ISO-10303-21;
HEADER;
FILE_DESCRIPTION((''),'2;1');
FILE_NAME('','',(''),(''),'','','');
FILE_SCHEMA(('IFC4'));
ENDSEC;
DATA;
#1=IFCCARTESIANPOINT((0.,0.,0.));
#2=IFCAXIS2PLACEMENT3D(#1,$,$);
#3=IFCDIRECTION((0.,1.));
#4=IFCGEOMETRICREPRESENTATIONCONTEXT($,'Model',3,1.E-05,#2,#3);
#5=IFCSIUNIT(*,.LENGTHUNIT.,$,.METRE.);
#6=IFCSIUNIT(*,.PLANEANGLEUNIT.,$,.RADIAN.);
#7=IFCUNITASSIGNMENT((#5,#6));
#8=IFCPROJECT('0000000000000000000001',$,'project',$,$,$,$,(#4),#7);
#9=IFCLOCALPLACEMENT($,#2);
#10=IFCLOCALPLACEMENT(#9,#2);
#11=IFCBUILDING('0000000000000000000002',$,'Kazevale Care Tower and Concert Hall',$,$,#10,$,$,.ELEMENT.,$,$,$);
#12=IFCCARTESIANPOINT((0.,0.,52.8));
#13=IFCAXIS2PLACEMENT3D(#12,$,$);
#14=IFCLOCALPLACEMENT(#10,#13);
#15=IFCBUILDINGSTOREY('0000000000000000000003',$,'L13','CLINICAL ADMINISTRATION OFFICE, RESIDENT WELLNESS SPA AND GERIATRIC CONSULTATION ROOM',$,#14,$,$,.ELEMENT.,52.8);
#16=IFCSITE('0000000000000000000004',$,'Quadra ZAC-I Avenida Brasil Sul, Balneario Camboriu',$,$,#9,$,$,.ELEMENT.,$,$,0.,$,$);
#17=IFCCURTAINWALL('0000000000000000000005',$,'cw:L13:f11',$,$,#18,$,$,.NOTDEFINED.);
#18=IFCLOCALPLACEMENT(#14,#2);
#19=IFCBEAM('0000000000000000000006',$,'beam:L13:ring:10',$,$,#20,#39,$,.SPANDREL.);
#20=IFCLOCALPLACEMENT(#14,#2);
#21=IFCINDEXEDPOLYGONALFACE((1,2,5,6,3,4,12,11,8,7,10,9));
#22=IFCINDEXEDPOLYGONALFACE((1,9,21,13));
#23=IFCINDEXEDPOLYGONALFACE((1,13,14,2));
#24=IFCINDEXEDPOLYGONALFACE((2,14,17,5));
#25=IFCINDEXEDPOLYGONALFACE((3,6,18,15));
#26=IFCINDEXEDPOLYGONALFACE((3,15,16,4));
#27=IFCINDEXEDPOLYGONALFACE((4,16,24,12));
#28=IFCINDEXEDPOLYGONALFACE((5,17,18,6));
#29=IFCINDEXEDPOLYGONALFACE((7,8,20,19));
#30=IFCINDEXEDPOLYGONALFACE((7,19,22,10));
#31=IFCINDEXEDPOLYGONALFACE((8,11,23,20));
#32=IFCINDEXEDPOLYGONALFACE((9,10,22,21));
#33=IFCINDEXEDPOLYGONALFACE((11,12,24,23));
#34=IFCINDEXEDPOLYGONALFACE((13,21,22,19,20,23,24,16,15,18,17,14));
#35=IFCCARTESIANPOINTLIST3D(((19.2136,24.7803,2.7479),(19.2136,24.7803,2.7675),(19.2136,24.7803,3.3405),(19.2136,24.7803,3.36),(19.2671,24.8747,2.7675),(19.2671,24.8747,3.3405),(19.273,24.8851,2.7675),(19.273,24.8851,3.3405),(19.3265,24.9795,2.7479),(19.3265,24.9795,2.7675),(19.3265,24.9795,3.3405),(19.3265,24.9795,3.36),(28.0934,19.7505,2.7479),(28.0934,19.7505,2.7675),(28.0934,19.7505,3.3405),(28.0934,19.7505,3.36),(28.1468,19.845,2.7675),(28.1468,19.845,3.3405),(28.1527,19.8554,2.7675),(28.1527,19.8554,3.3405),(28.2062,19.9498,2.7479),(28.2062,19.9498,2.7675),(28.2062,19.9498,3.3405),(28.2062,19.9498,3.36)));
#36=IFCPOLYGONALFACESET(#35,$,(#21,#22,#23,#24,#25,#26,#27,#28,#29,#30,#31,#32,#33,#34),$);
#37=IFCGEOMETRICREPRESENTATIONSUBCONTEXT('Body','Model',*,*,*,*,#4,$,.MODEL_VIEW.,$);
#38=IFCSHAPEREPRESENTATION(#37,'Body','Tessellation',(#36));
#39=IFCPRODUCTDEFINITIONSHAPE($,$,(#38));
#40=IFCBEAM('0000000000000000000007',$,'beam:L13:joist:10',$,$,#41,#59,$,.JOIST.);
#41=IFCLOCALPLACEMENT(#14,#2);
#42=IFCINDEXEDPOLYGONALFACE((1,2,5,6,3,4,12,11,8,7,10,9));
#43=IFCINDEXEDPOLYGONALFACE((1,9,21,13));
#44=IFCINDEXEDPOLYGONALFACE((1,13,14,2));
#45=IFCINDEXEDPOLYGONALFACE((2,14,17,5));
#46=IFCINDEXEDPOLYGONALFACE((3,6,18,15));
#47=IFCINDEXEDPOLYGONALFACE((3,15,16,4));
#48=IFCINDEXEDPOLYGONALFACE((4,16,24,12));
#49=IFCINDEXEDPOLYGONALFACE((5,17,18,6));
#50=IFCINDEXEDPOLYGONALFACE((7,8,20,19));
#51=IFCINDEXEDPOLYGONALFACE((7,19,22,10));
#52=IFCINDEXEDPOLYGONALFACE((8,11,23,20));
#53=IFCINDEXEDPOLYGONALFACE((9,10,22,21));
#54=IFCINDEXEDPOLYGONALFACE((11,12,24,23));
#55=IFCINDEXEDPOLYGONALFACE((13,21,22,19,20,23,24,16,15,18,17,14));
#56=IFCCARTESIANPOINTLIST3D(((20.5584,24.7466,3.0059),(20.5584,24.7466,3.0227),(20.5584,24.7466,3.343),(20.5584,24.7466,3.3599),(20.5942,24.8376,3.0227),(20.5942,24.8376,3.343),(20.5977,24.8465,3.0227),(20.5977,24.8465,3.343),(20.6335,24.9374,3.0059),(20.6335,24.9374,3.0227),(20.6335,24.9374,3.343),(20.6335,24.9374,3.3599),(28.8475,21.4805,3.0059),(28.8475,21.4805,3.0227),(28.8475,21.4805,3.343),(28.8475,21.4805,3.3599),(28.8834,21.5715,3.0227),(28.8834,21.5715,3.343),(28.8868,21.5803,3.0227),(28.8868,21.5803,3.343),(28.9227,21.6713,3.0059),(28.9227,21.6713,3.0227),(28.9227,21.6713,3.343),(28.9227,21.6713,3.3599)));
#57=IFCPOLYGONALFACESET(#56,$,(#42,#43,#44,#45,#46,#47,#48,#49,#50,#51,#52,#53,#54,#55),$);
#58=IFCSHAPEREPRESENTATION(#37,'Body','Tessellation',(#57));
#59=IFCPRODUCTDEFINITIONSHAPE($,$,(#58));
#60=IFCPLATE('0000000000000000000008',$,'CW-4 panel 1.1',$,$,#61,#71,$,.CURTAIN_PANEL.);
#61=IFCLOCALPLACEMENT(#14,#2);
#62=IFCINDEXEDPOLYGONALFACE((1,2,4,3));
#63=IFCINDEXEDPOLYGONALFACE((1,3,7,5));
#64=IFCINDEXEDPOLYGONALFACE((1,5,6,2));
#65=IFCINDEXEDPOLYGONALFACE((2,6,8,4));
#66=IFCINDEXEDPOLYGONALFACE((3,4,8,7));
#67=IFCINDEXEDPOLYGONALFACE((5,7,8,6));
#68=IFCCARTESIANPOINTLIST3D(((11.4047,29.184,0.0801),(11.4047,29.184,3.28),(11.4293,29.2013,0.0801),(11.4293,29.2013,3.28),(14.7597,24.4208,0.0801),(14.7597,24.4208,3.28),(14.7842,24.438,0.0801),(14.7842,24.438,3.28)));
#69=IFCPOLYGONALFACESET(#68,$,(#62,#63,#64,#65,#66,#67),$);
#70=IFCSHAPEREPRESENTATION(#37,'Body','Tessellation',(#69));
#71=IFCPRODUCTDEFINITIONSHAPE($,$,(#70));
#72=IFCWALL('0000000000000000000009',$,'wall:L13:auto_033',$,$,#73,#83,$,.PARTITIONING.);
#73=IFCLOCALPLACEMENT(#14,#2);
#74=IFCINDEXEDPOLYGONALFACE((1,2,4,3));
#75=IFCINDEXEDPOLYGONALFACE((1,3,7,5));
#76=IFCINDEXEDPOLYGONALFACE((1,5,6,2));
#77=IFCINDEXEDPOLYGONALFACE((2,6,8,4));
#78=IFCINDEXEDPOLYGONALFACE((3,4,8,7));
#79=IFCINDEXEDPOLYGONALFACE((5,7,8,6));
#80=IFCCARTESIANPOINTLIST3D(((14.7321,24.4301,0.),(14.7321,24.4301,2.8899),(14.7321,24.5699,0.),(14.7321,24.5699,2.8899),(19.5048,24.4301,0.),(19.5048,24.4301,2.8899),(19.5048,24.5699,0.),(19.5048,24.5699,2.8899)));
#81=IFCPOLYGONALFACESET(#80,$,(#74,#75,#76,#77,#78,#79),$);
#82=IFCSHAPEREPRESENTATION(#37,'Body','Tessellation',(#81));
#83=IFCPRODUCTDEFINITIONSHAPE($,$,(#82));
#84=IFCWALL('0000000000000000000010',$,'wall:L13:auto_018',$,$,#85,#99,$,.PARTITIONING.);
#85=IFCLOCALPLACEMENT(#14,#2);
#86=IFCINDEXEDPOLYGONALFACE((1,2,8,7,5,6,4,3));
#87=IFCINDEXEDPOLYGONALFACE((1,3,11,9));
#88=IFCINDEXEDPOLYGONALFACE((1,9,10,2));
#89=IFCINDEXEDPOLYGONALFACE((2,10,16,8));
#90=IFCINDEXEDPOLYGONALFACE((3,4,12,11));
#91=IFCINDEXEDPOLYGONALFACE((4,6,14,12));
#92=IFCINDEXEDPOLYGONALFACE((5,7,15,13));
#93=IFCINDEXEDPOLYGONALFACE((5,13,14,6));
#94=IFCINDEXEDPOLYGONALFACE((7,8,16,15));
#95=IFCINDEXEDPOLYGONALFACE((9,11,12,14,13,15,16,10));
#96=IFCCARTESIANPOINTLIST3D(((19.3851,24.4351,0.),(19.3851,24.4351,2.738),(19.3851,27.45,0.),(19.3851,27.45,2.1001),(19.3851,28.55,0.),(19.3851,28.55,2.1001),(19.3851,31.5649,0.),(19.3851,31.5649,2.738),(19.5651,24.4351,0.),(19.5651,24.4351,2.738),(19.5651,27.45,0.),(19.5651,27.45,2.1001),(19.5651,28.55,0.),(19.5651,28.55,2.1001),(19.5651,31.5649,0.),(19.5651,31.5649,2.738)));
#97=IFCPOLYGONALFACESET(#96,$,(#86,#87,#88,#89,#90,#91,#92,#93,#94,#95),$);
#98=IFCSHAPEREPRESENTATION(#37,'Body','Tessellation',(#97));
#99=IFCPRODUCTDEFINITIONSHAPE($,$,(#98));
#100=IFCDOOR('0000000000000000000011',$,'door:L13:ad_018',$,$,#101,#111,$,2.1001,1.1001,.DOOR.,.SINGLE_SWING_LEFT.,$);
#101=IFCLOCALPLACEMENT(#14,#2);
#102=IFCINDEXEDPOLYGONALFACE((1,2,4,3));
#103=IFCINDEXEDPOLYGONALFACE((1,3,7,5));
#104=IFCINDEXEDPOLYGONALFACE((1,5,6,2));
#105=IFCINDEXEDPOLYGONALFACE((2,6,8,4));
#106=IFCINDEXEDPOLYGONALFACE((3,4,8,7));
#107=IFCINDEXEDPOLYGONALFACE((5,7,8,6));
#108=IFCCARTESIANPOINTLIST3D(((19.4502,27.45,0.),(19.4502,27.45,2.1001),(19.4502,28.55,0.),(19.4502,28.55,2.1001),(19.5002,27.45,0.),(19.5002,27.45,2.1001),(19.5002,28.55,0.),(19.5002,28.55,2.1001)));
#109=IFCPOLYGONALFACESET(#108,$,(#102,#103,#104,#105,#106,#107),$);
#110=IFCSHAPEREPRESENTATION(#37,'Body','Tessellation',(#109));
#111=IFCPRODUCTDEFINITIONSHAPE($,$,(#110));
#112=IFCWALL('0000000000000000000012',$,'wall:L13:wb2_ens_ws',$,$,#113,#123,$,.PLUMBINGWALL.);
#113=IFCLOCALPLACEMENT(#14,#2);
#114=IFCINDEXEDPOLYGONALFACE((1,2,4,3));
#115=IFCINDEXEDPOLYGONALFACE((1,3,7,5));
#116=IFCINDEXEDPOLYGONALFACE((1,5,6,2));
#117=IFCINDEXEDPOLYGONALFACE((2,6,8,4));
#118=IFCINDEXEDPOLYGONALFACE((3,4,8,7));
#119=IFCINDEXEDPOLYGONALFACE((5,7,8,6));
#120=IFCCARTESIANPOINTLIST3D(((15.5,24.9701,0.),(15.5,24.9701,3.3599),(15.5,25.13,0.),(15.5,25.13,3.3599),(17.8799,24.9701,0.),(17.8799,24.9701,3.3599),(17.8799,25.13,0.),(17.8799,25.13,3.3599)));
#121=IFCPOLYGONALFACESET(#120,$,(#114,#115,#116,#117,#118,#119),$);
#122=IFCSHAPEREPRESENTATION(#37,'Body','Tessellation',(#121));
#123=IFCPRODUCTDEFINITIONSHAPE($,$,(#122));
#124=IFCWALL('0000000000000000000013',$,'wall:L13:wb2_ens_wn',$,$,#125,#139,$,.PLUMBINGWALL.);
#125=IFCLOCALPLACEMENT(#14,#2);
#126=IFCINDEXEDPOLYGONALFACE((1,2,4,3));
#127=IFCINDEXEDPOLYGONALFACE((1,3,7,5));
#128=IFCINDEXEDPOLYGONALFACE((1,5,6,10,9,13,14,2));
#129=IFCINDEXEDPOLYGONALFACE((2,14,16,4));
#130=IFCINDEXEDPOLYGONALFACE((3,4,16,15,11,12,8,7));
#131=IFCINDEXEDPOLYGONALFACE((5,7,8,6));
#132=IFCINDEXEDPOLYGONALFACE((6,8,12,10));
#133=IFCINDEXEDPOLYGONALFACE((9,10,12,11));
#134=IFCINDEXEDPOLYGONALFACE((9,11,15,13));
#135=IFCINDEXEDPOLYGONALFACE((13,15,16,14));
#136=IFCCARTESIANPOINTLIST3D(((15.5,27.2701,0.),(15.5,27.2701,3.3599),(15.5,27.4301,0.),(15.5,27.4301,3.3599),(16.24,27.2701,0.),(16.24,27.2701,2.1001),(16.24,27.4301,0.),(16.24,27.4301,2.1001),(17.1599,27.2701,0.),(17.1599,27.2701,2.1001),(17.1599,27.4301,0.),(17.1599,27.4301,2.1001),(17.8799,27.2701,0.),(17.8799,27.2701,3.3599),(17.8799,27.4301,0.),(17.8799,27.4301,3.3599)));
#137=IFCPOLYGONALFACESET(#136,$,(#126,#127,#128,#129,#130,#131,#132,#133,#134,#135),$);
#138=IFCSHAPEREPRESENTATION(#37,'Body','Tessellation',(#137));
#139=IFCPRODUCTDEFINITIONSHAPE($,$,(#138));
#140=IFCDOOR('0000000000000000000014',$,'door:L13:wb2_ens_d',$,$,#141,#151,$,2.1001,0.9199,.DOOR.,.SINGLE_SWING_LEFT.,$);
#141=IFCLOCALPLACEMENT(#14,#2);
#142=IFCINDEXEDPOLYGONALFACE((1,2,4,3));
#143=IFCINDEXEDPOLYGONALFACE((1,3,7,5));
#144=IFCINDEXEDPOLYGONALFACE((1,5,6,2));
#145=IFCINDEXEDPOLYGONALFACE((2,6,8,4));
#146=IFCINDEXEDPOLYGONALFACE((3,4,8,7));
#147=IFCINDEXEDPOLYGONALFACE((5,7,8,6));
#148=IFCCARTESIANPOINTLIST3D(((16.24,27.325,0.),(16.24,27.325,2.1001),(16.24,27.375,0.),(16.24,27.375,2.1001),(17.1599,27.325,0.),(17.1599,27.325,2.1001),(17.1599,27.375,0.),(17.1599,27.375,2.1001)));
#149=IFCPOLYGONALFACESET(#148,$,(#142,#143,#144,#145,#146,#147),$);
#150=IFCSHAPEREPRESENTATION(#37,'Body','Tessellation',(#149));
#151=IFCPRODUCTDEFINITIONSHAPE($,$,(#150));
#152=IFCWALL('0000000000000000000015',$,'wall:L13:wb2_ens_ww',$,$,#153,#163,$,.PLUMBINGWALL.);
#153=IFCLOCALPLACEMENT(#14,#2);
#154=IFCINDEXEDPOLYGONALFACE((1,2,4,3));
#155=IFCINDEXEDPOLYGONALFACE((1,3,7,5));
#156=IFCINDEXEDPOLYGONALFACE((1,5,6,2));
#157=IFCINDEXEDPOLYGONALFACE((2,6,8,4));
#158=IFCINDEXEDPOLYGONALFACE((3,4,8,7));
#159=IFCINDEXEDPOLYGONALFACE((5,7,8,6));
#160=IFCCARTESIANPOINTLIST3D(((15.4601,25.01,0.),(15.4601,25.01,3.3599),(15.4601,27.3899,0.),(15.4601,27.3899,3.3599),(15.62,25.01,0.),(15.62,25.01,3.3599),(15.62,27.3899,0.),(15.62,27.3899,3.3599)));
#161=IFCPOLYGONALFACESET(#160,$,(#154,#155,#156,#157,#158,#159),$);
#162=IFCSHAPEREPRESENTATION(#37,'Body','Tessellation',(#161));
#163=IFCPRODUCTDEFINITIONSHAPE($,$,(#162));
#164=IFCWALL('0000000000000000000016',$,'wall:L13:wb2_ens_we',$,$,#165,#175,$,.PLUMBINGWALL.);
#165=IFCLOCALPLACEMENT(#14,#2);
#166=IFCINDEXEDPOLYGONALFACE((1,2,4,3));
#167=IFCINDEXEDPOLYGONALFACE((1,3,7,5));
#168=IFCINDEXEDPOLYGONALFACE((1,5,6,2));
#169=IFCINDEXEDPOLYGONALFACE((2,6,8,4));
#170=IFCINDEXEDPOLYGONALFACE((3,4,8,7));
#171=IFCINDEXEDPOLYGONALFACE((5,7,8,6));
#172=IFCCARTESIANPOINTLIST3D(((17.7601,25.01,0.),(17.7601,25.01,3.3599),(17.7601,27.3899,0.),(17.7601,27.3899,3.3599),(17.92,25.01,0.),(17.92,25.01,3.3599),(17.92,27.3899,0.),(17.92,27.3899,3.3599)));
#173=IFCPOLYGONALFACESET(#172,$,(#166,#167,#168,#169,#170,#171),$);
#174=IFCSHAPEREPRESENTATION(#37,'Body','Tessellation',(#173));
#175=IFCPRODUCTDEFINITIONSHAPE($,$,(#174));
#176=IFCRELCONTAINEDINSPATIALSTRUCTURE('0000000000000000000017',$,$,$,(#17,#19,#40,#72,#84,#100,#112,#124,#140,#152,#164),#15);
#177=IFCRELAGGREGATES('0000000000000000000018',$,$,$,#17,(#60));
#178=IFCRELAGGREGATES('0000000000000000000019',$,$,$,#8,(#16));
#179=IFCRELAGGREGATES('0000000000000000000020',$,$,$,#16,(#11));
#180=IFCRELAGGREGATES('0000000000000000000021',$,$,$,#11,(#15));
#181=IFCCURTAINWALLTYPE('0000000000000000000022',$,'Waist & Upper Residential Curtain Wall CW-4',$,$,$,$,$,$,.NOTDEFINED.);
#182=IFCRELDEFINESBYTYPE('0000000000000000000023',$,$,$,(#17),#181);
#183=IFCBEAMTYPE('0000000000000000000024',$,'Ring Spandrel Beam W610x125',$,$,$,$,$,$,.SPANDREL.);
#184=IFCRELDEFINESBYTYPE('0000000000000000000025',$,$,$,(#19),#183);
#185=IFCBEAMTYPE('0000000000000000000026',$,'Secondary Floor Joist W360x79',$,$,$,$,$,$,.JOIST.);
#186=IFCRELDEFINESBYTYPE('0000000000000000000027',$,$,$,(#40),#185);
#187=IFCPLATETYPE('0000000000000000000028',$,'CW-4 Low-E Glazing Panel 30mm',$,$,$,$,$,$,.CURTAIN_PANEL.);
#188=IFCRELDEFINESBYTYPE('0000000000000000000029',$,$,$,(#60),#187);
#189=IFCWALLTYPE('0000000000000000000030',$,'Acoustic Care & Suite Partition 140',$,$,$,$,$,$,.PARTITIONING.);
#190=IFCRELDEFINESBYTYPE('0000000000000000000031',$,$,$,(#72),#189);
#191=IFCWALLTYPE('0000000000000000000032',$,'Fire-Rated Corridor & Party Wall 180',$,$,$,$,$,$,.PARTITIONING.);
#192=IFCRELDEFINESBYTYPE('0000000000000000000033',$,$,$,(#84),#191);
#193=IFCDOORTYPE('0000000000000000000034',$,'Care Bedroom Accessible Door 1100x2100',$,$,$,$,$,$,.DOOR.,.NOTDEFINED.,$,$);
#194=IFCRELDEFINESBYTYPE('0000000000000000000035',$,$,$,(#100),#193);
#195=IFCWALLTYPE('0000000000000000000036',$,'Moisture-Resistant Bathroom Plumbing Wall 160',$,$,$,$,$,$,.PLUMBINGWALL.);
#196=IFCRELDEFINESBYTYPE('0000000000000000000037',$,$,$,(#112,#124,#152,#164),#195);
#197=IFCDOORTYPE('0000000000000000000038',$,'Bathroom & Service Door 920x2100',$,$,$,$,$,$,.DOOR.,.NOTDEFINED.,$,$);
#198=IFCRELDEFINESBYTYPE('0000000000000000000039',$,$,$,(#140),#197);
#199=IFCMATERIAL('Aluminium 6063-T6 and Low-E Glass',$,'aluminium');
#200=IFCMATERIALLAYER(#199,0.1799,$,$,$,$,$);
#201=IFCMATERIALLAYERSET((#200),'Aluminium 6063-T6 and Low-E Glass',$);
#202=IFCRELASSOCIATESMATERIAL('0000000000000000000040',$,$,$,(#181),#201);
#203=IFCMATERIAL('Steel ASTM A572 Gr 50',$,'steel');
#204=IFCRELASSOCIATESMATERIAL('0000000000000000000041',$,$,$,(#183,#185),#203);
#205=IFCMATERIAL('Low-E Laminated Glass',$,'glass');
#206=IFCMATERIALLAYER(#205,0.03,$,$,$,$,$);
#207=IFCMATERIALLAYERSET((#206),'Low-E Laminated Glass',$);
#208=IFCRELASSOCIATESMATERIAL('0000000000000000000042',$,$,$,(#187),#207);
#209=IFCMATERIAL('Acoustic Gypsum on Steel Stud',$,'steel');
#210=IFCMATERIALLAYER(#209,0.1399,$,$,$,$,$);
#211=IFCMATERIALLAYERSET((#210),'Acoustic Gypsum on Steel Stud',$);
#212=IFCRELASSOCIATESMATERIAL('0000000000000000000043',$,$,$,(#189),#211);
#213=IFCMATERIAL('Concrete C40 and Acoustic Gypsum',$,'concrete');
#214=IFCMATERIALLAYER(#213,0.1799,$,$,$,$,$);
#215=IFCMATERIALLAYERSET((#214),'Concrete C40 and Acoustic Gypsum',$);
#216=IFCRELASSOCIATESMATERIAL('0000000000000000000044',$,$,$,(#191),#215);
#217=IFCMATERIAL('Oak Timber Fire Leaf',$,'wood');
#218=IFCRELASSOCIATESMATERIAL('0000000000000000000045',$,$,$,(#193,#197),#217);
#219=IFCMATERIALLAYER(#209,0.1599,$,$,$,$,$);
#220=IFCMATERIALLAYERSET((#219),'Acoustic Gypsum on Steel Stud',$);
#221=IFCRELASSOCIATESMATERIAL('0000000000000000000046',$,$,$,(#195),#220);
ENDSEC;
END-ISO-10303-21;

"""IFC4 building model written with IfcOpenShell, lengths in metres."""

from ifc_helpers import new_model, si_unit, direction, frame, frame_2d, origin, origin_2d, place, context, subcontext, project, spatial, rectangle, i_section, extrude, material, layer, layer_set, material_profile, profile_set, type_object, element, fill, aggregate, save


model = new_model("IFC4")

# Units and contexts
model_context = context("Model", 3, precision=1e-05, world=origin(), true_north=direction((0.0, 1.0)))
body_context = subcontext(model_context, "Body", "Model", "MODEL_VIEW")
ifc_project = project(units=[si_unit("LENGTHUNIT", "METRE"), si_unit("PLANEANGLEUNIT", "RADIAN")], contexts=[model_context])

# Site, building, storey
site_placement = place(None, origin())
site = spatial("IfcSite", under=ifc_project, at=site_placement, Name="Quadra ZAC-I Avenida Brasil Sul, Balneario Camboriu", CompositionType="ELEMENT", RefElevation=0.0)
building_placement = place(site_placement, origin())
building = spatial("IfcBuilding", under=site, at=building_placement, Name="Kazevale Care Tower and Concert Hall", CompositionType="ELEMENT")
storey_placement = place(building_placement, frame((0.0, 0.0, 52.8)))
storey = spatial("IfcBuildingStorey", under=building, at=storey_placement, Name="L13", Description="CLINICAL ADMINISTRATION OFFICE, RESIDENT WELLNESS SPA AND GERIATRIC CONSULTATION ROOM", CompositionType="ELEMENT", Elevation=52.8)

# Curtain wall
ifc_material_1 = material(Name="Aluminium 6063-T6 and Low-E Glass", Category="aluminium")
ifc_layer_1 = layer(ifc_material_1, 0.1799)
ifc_layer_set_1 = layer_set([ifc_layer_1], Name="Aluminium 6063-T6 and Low-E Glass")
curtain_wall_type_1 = type_object("IfcCurtainWallType", Name="Waist & Upper Residential Curtain Wall CW-4", PredefinedType="NOTDEFINED", material=ifc_layer_set_1)
curtain_wall_1_placement = place(storey_placement, origin())
curtain_wall_1 = element("IfcCurtainWall", 1, at=curtain_wall_1_placement, inside=storey, type_object=curtain_wall_type_1, Name="cw:L13:f11", PredefinedType="NOTDEFINED")

# Beams
ifc_material_2 = material(Name="Steel ASTM A572 Gr 50", Category="steel")
ifc_material_profile_1 = material_profile(ifc_material_2, i_section(OverallWidth=0.229, OverallDepth=0.6121, WebThickness=0.012, FlangeThickness=0.0195, at=origin_2d()), Name="W610x125")
ifc_profile_set_1 = profile_set([ifc_material_profile_1], Name="Steel ASTM A572 Gr 50")
beam_type_1 = type_object("IfcBeamType", Name="Ring Spandrel Beam W610x125", PredefinedType="SPANDREL", material=ifc_profile_set_1)
beam_1_placement = place(storey_placement, frame((19.27, 24.8799, 3.054), z_axis=(0.870112, -0.492853, 0.0), x_axis=(0.492853, 0.870112, 0.0)))
element("IfcBeam", 2, at=beam_1_placement, inside=storey, type_object=beam_type_1, Name="beam:L13:ring:10", PredefinedType="SPANDREL", context=body_context, shape_type="SweptSolid", body=[
    extrude(i_section(OverallWidth=0.229, OverallDepth=0.6121, WebThickness=0.012, FlangeThickness=0.0195, at=origin_2d()), origin(), (0.0, 0.0, 1.0), 10.2053),
])
ifc_material_profile_2 = material_profile(ifc_material_2, i_section(OverallWidth=0.2051, OverallDepth=0.354, WebThickness=0.0095, FlangeThickness=0.0168, at=origin_2d()), Name="W360x79")
ifc_profile_set_2 = profile_set([ifc_material_profile_2], Name="Steel ASTM A572 Gr 50")
beam_type_2 = type_object("IfcBeamType", Name="Secondary Floor Joist W360x79", PredefinedType="JOIST", material=ifc_profile_set_2)
beam_2_placement = place(storey_placement, frame((20.5959, 24.842, 3.1829), z_axis=(0.930381, -0.366595, 0.0), x_axis=(0.366595, 0.930381, 0.0)))
element("IfcBeam", 3, at=beam_2_placement, inside=storey, type_object=beam_type_2, Name="beam:L13:joist:10", PredefinedType="JOIST", context=body_context, shape_type="SweptSolid", body=[
    extrude(i_section(OverallWidth=0.2051, OverallDepth=0.354, WebThickness=0.0095, FlangeThickness=0.0168, at=origin_2d()), origin(), (0.0, 0.0, 1.0), 8.9094),
])

# Plate
ifc_material_3 = material(Name="Low-E Laminated Glass", Category="glass")
ifc_layer_2 = layer(ifc_material_3, 0.03)
ifc_layer_set_2 = layer_set([ifc_layer_2], Name="Low-E Laminated Glass")
plate_type = type_object("IfcPlateType", Name="CW-4 Low-E Glazing Panel 30mm", PredefinedType="CURTAIN_PANEL", material=ifc_layer_set_2)
plate_placement = place(storey_placement, frame((13.0945, 26.811, 0.0801), z_axis=(0.0, 0.0, 1.0), x_axis=(-0.575837, 0.817565, 0.0)))
plate = element("IfcPlate", 4, at=plate_placement, type_object=plate_type, Name="CW-4 panel 1.1", PredefinedType="CURTAIN_PANEL", context=body_context, shape_type="SweptSolid", body=[
    extrude(rectangle(XDim=5.8262, YDim=0.03, at=origin_2d()), origin(), (0.0, 0.0, 1.0), 3.2),
])
aggregate(curtain_wall_1, [plate])

# Wall
ifc_material_4 = material(Name="Acoustic Gypsum on Steel Stud", Category="steel")
ifc_layer_3 = layer(ifc_material_4, 0.1399)
ifc_layer_set_3 = layer_set([ifc_layer_3], Name="Acoustic Gypsum on Steel Stud")
wall_type_1 = type_object("IfcWallType", Name="Acoustic Care & Suite Partition 140", PredefinedType="PARTITIONING", material=ifc_layer_set_3)
wall_1_placement = place(storey_placement, frame((14.7322, 24.5, 0.0), z_axis=(0.0, 0.0, 1.0), x_axis=(1.0, 0.0, 0.0)))
element("IfcWall", 5, at=wall_1_placement, inside=storey, type_object=wall_type_1, Name="wall:L13:auto_033", PredefinedType="PARTITIONING", context=body_context, shape_type="SweptSolid", body=[
    extrude(rectangle(XDim=4.7727, YDim=0.1399, at=frame_2d((2.3862, 0.0))), origin(), (0.0, 0.0, 1.0), 2.8899),
])

# Wall, opening, door
ifc_material_5 = material(Name="Concrete C40 and Acoustic Gypsum", Category="concrete")
ifc_layer_4 = layer(ifc_material_5, 0.1799)
ifc_layer_set_4 = layer_set([ifc_layer_4], Name="Concrete C40 and Acoustic Gypsum")
wall_type_2 = type_object("IfcWallType", Name="Fire-Rated Corridor & Party Wall 180", PredefinedType="PARTITIONING", material=ifc_layer_set_4)
wall_2_placement = place(storey_placement, frame((19.4751, 24.4351, 0.0), z_axis=(0.0, 0.0, 1.0), x_axis=(0.0, 1.0, 0.0)))
wall_2 = element("IfcWall", 6, at=wall_2_placement, inside=storey, type_object=wall_type_2, Name="wall:L13:auto_018", PredefinedType="PARTITIONING", context=body_context, shape_type="SweptSolid", body=[
    extrude(rectangle(XDim=7.1299, YDim=0.1799, at=frame_2d((3.5649, 0.0))), origin(), (0.0, 0.0, 1.0), 2.738),
])
opening_1_placement = place(wall_2_placement, frame((3.0149, 0.0, 0.0)))
opening_1 = element("IfcOpeningElement", 7, at=opening_1_placement, cuts=wall_2, PredefinedType="OPENING", context=body_context, shape_type="SweptSolid", body=[
    extrude(rectangle(XDim=1.1001, YDim=2.1001, at=frame_2d((0.55, 1.05))), frame((0.0, 0.0999, 0.0), z_axis=(0.0, -1.0, 0.0), x_axis=(1.0, 0.0, 0.0)), (0.0, 0.0, 1.0), 0.2),
])
ifc_material_6 = material(Name="Oak Timber Fire Leaf", Category="wood")
door_type_1 = type_object("IfcDoorType", Name="Care Bedroom Accessible Door 1100x2100", OperationType="NOTDEFINED", PredefinedType="DOOR", material=ifc_material_6)
door_1_placement = place(opening_1_placement, origin())
door_1 = element("IfcDoor", 8, at=door_1_placement, inside=storey, type_object=door_type_1, Name="door:L13:ad_018", OperationType="SINGLE_SWING_LEFT", OverallHeight=2.1001, OverallWidth=1.1001, PredefinedType="DOOR", context=body_context, shape_type="SweptSolid", body=[
    extrude(rectangle(XDim=1.1001, YDim=2.1001, at=frame_2d((0.55, 1.05))), frame((0.0, 0.0249, 0.0), z_axis=(0.0, -1.0, 0.0), x_axis=(1.0, 0.0, 0.0)), (0.0, 0.0, 1.0), 0.05),
])
fill(opening_1, door_1)

# Wall
ifc_layer_5 = layer(ifc_material_4, 0.1599)
ifc_layer_set_5 = layer_set([ifc_layer_5], Name="Acoustic Gypsum on Steel Stud")
wall_type_3 = type_object("IfcWallType", Name="Moisture-Resistant Bathroom Plumbing Wall 160", PredefinedType="PLUMBINGWALL", material=ifc_layer_set_5)
wall_3_placement = place(storey_placement, frame((15.5, 25.05, 0.0), z_axis=(0.0, 0.0, 1.0), x_axis=(1.0, 0.0, 0.0)))
element("IfcWall", 9, at=wall_3_placement, inside=storey, type_object=wall_type_3, Name="wall:L13:wb2_ens_ws", PredefinedType="PLUMBINGWALL", context=body_context, shape_type="SweptSolid", body=[
    extrude(rectangle(XDim=2.3799, YDim=0.1599, at=frame_2d((1.1899, 0.0))), origin(), (0.0, 0.0, 1.0), 3.3599),
])

# Wall, opening, door
wall_4_placement = place(storey_placement, frame((15.5, 27.3501, 0.0), z_axis=(0.0, 0.0, 1.0), x_axis=(1.0, 0.0, 0.0)))
wall_4 = element("IfcWall", 10, at=wall_4_placement, inside=storey, type_object=wall_type_3, Name="wall:L13:wb2_ens_wn", PredefinedType="PLUMBINGWALL", context=body_context, shape_type="SweptSolid", body=[
    extrude(rectangle(XDim=2.3799, YDim=0.1599, at=frame_2d((1.1899, 0.0))), origin(), (0.0, 0.0, 1.0), 3.3599),
])
opening_2_placement = place(wall_4_placement, frame((0.74, 0.0, 0.0)))
opening_2 = element("IfcOpeningElement", 11, at=opening_2_placement, cuts=wall_4, PredefinedType="OPENING", context=body_context, shape_type="SweptSolid", body=[
    extrude(rectangle(XDim=0.9199, YDim=2.1001, at=frame_2d((0.46, 1.05))), frame((0.0, 0.0898, 0.0), z_axis=(0.0, -1.0, 0.0), x_axis=(1.0, 0.0, 0.0)), (0.0, 0.0, 1.0), 0.1799),
])
door_type_2 = type_object("IfcDoorType", Name="Bathroom & Service Door 920x2100", OperationType="NOTDEFINED", PredefinedType="DOOR", material=ifc_material_6)
door_2_placement = place(opening_2_placement, origin())
door_2 = element("IfcDoor", 12, at=door_2_placement, inside=storey, type_object=door_type_2, Name="door:L13:wb2_ens_d", OperationType="SINGLE_SWING_LEFT", OverallHeight=2.1001, OverallWidth=0.9199, PredefinedType="DOOR", context=body_context, shape_type="SweptSolid", body=[
    extrude(rectangle(XDim=0.9199, YDim=2.1001, at=frame_2d((0.46, 1.05))), frame((0.0, 0.0249, 0.0), z_axis=(0.0, -1.0, 0.0), x_axis=(1.0, 0.0, 0.0)), (0.0, 0.0, 1.0), 0.05),
])
fill(opening_2, door_2)

# Walls
for number, where, z_axis, x_axis, name in (
    (13, (15.54, 25.01, 0.0), (0.0, 0.0, 1.0), (0.0, 1.0, 0.0), "wall:L13:wb2_ens_ww"),
    (14, (17.8401, 25.01, 0.0), (0.0, 0.0, 1.0), (0.0, 1.0, 0.0), "wall:L13:wb2_ens_we"),
):
    element("IfcWall", number, at=place(storey_placement, frame(where, z_axis=z_axis, x_axis=x_axis)), inside=storey, type_object=wall_type_3, Name=name, PredefinedType="PLUMBINGWALL", context=body_context, shape_type="SweptSolid", body=[
        extrude(rectangle(XDim=2.3799, YDim=0.1599, at=frame_2d((1.1899, 0.0))), origin(), (0.0, 0.0, 1.0), 3.3599),
    ])

save(model, "model.ifc")
